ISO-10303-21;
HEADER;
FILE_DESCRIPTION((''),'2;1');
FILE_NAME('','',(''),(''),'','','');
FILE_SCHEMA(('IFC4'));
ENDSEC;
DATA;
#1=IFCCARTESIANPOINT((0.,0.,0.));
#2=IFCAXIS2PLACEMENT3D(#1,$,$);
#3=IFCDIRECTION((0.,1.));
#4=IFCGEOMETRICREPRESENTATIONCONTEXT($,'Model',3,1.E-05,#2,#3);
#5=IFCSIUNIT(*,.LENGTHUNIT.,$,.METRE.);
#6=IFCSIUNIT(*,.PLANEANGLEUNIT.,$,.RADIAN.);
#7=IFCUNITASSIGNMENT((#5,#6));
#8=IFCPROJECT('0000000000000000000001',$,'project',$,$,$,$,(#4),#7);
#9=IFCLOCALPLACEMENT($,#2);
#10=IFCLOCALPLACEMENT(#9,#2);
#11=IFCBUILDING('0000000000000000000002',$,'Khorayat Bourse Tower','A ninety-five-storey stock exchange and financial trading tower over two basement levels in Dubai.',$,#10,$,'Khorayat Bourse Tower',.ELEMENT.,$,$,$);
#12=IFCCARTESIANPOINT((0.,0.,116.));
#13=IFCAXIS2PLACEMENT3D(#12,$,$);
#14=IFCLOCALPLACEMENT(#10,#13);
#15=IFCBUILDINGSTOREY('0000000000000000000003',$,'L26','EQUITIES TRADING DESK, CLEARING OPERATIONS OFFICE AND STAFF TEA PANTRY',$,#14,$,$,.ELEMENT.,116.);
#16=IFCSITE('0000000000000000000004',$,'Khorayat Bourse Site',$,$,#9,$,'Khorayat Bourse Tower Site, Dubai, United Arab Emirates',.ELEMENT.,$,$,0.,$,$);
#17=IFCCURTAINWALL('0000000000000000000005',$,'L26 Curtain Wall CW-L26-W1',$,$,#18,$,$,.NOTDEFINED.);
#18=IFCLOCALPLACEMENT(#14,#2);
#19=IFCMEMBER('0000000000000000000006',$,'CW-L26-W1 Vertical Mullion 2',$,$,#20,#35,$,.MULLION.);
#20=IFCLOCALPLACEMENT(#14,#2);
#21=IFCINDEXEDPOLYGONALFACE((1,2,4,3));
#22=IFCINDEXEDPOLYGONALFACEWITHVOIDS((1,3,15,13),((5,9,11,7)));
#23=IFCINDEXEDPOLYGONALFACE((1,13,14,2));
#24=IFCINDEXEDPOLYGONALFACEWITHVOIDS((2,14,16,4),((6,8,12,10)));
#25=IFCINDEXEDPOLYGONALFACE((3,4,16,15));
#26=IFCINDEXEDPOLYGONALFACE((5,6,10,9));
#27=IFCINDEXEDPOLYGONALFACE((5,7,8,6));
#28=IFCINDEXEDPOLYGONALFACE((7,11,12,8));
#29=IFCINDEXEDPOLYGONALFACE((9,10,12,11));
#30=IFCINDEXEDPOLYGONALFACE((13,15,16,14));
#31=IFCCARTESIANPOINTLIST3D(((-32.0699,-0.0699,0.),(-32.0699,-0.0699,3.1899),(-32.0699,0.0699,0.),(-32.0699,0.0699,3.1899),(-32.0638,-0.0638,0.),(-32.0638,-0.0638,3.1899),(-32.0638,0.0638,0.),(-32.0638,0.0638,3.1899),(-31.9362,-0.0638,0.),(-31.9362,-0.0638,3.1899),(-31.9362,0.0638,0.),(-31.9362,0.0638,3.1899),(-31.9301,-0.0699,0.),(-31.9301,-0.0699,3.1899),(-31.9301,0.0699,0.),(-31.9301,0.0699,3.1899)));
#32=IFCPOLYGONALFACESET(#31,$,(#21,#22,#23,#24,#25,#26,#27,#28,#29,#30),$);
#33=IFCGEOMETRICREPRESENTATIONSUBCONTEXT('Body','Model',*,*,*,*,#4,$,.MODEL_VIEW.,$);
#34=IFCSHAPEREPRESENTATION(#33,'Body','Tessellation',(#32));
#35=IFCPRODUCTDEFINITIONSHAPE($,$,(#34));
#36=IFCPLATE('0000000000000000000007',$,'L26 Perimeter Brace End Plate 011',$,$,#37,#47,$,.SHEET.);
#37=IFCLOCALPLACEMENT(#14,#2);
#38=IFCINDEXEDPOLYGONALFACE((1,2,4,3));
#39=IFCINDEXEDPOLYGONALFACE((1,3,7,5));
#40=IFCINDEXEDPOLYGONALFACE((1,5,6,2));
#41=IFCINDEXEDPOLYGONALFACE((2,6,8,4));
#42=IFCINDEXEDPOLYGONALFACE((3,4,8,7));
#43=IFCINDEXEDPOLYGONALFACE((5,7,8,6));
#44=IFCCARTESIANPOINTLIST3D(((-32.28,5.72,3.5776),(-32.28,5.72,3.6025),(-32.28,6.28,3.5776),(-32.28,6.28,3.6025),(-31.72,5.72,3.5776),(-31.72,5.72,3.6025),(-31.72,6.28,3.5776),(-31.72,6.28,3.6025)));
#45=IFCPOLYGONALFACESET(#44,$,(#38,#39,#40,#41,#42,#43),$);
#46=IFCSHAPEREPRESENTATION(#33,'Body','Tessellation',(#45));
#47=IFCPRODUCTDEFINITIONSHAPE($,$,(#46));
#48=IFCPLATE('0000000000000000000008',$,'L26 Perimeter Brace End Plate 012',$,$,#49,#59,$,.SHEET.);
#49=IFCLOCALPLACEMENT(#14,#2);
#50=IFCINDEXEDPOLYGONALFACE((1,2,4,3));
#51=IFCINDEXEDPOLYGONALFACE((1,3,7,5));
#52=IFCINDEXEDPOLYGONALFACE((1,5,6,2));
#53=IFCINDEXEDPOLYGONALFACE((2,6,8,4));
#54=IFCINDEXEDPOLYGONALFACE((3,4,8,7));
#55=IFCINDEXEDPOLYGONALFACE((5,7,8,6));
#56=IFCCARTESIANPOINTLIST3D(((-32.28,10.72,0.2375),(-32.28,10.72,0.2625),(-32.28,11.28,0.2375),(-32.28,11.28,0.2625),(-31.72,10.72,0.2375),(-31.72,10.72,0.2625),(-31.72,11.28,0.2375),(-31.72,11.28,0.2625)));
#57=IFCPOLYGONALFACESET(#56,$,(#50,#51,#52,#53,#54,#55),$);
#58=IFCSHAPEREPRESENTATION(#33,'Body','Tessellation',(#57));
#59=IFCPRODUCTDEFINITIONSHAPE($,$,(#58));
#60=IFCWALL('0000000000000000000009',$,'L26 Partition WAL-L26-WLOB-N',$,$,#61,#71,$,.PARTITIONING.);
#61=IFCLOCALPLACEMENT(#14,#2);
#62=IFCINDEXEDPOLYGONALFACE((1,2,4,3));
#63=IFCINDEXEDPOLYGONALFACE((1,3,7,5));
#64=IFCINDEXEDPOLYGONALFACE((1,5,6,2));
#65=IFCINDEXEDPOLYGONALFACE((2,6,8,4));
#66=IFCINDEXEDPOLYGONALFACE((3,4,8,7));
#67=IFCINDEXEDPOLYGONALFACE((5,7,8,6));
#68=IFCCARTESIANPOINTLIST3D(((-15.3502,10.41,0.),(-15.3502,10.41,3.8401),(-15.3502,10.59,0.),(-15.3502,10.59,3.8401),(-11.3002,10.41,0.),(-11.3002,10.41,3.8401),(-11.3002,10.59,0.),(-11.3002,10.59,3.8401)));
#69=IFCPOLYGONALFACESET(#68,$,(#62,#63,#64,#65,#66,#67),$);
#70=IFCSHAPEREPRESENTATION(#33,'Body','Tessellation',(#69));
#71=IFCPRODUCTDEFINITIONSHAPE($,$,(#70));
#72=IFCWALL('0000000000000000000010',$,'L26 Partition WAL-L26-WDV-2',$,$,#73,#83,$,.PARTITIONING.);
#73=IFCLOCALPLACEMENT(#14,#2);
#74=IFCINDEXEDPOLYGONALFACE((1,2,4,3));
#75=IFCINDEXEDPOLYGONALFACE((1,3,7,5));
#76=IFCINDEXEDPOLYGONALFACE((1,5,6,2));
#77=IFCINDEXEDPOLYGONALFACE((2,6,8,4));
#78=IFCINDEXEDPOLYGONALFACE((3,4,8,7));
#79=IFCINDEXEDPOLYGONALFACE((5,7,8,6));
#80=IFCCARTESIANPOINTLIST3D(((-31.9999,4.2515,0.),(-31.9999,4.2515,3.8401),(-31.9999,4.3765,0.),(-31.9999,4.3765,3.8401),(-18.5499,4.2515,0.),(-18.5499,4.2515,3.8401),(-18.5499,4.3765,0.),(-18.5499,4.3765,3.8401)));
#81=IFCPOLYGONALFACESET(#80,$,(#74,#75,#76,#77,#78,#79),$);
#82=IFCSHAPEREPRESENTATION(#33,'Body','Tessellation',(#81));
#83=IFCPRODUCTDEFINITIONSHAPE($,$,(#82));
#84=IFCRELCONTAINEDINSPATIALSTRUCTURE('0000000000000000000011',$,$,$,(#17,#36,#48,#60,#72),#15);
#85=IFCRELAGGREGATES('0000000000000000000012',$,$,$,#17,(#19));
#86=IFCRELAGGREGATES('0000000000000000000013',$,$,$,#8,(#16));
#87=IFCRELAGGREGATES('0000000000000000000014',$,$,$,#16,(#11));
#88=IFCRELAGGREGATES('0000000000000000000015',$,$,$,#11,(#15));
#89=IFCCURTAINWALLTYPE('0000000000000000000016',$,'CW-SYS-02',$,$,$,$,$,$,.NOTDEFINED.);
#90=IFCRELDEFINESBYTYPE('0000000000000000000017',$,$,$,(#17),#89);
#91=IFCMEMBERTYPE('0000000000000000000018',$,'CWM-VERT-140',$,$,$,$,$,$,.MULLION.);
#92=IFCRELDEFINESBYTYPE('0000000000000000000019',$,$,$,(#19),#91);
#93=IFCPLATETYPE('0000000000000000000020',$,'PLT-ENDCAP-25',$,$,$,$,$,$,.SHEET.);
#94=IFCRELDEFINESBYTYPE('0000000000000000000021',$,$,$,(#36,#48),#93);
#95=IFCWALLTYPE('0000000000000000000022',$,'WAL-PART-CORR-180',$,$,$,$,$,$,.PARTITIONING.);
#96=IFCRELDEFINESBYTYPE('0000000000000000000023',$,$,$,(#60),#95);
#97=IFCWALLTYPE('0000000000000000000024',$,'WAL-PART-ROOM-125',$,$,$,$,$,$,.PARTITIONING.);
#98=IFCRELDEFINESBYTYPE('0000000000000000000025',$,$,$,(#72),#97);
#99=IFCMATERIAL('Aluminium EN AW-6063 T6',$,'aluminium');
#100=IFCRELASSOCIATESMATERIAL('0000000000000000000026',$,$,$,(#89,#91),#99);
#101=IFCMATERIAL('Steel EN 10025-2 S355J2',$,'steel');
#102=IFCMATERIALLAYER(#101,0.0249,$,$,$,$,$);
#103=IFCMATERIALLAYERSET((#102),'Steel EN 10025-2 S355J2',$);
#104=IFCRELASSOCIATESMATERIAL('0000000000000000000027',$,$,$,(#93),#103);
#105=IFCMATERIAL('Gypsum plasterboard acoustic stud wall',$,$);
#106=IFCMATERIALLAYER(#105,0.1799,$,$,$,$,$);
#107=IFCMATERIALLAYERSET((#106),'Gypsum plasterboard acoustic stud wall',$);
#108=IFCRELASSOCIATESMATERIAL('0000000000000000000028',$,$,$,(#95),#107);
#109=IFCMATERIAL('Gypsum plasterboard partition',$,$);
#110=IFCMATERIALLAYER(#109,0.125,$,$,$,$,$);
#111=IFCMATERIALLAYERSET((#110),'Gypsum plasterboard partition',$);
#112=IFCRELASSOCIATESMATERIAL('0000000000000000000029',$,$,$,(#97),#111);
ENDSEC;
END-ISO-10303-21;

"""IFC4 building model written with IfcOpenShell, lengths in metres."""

from ifc_helpers import new_model, si_unit, direction, frame, frame_2d, origin, origin_2d, place, context, subcontext, project, spatial, rectangle, hollow_rectangle, extrude, source, transform, mapped, material, layer, layer_set, material_profile, profile_set, type_object, element, aggregate, save


model = new_model("IFC4")

# Units and contexts
model_context = context("Model", 3, precision=1e-05, world=origin(), true_north=direction((0.0, 1.0)))
body_context = subcontext(model_context, "Body", "Model", "MODEL_VIEW")
ifc_project = project(units=[si_unit("LENGTHUNIT", "METRE"), si_unit("PLANEANGLEUNIT", "RADIAN")], contexts=[model_context])

# Site, building, storey
site_placement = place(None, origin())
site = spatial("IfcSite", under=ifc_project, at=site_placement, Name="Khorayat Bourse Site", LongName="Khorayat Bourse Tower Site, Dubai, United Arab Emirates", CompositionType="ELEMENT", RefElevation=0.0)
building_placement = place(site_placement, origin())
building = spatial("IfcBuilding", under=site, at=building_placement, Name="Khorayat Bourse Tower", Description="A ninety-five-storey stock exchange and financial trading tower over two basement levels in Dubai.", LongName="Khorayat Bourse Tower", CompositionType="ELEMENT")
storey_placement = place(building_placement, frame((0.0, 0.0, 116.0)))
storey = spatial("IfcBuildingStorey", under=building, at=storey_placement, Name="L26", Description="EQUITIES TRADING DESK, CLEARING OPERATIONS OFFICE AND STAFF TEA PANTRY", CompositionType="ELEMENT", Elevation=116.0)

# Curtain wall, member
ifc_material_1 = material(Name="Aluminium EN AW-6063 T6", Category="aluminium")
curtain_wall_type = type_object("IfcCurtainWallType", Name="CW-SYS-02", PredefinedType="NOTDEFINED", material=ifc_material_1)
curtain_wall_placement = place(storey_placement, origin())
curtain_wall = element("IfcCurtainWall", 1, at=curtain_wall_placement, inside=storey, type_object=curtain_wall_type, Name="L26 Curtain Wall CW-L26-W1", PredefinedType="NOTDEFINED")
ifc_material_profile_1 = material_profile(ifc_material_1, hollow_rectangle(XDim=0.1399, YDim=0.1399, WallThickness=0.0061, at=origin_2d()), Name="ALU 140x140x6")
ifc_profile_set_1 = profile_set([ifc_material_profile_1], Name="Aluminium EN AW-6063 T6")
member_type_1 = type_object("IfcMemberType", Name="CWM-VERT-140", PredefinedType="MULLION", material=ifc_profile_set_1)
shared_shape_1 = source(origin(), body_context, "Body", "SweptSolid", [
    extrude(hollow_rectangle(XDim=0.1399, YDim=0.1399, WallThickness=0.0061, at=origin_2d()), origin(), (0.0, 0.0, 1.0), 3.1899),
])
member_1_placement = place(storey_placement, frame((-32.0, 0.0, 0.0), z_axis=(0.0, 0.0, 1.0), x_axis=(-1.0, 0.0, 0.0)))
member_1 = element("IfcMember", 2, at=member_1_placement, type_object=member_type_1, Name="CW-L26-W1 Vertical Mullion 2", PredefinedType="MULLION", context=body_context, shape_type="MappedRepresentation", body=[
    mapped(shared_shape_1, transform((0.0, 0.0, 0.0), scale=1.0)),
])
aggregate(curtain_wall, [member_1])

# Plates
ifc_material_2 = material(Name="Steel EN 10025-2 S355J2", Category="steel")
ifc_layer_1 = layer(ifc_material_2, 0.0249)
ifc_layer_set_1 = layer_set([ifc_layer_1], Name="Steel EN 10025-2 S355J2")
plate_type = type_object("IfcPlateType", Name="PLT-ENDCAP-25", PredefinedType="SHEET", material=ifc_layer_set_1)
shared_shape_2 = source(origin(), body_context, "Body", "SweptSolid", [
    extrude(rectangle(XDim=0.5601, YDim=0.5601, at=origin_2d()), origin(), (0.0, 0.0, 1.0), 0.0249),
])
for number, where, z_axis, x_axis, name in (
    (3, (-32.0, 6.0, 3.5776), (0.0, 0.0, 1.0), (1.0, 0.0, 0.0), "L26 Perimeter Brace End Plate 011"),
    (4, (-32.0, 11.0, 0.2375), (0.0, 0.0, 1.0), (1.0, 0.0, 0.0), "L26 Perimeter Brace End Plate 012"),
):
    element("IfcPlate", number, at=place(storey_placement, frame(where, z_axis=z_axis, x_axis=x_axis)), inside=storey, type_object=plate_type, Name=name, PredefinedType="SHEET", context=body_context, shape_type="MappedRepresentation", body=[
        mapped(shared_shape_2, transform((0.0, 0.0, 0.0), scale=1.0)),
    ])

# Walls
ifc_material_3 = material(Name="Gypsum plasterboard acoustic stud wall")
ifc_layer_2 = layer(ifc_material_3, 0.1799)
ifc_layer_set_2 = layer_set([ifc_layer_2], Name="Gypsum plasterboard acoustic stud wall")
wall_type_1 = type_object("IfcWallType", Name="WAL-PART-CORR-180", PredefinedType="PARTITIONING", material=ifc_layer_set_2)
shared_shape_3 = source(origin(), body_context, "Body", "SweptSolid", [
    extrude(rectangle(XDim=4.05, YDim=0.1799, at=frame_2d((2.0249, 0.0))), origin(), (0.0, 0.0, 1.0), 3.8401),
])
wall_1_placement = place(storey_placement, frame((-15.3501, 10.5, 0.0), z_axis=(0.0, 0.0, 1.0), x_axis=(1.0, 0.0, 0.0)))
element("IfcWall", 5, at=wall_1_placement, inside=storey, type_object=wall_type_1, Name="L26 Partition WAL-L26-WLOB-N", PredefinedType="PARTITIONING", context=body_context, shape_type="MappedRepresentation", body=[
    mapped(shared_shape_3, transform((0.0, 0.0, 0.0), scale=1.0)),
])
ifc_material_4 = material(Name="Gypsum plasterboard partition")
ifc_layer_3 = layer(ifc_material_4, 0.125)
ifc_layer_set_3 = layer_set([ifc_layer_3], Name="Gypsum plasterboard partition")
wall_type_2 = type_object("IfcWallType", Name="WAL-PART-ROOM-125", PredefinedType="PARTITIONING", material=ifc_layer_set_3)
shared_shape_4 = source(origin(), body_context, "Body", "SweptSolid", [
    extrude(rectangle(XDim=13.45, YDim=0.125, at=frame_2d((6.7251, 0.0))), origin(), (0.0, 0.0, 1.0), 3.8401),
])
wall_2_placement = place(storey_placement, frame((-32.0, 4.314, 0.0), z_axis=(0.0, 0.0, 1.0), x_axis=(1.0, 0.0, 0.0)))
element("IfcWall", 6, at=wall_2_placement, inside=storey, type_object=wall_type_2, Name="L26 Partition WAL-L26-WDV-2", PredefinedType="PARTITIONING", context=body_context, shape_type="MappedRepresentation", body=[
    mapped(shared_shape_4, transform((0.0, 0.0, 0.0), scale=1.0)),
])

save(model, "model.ifc")
